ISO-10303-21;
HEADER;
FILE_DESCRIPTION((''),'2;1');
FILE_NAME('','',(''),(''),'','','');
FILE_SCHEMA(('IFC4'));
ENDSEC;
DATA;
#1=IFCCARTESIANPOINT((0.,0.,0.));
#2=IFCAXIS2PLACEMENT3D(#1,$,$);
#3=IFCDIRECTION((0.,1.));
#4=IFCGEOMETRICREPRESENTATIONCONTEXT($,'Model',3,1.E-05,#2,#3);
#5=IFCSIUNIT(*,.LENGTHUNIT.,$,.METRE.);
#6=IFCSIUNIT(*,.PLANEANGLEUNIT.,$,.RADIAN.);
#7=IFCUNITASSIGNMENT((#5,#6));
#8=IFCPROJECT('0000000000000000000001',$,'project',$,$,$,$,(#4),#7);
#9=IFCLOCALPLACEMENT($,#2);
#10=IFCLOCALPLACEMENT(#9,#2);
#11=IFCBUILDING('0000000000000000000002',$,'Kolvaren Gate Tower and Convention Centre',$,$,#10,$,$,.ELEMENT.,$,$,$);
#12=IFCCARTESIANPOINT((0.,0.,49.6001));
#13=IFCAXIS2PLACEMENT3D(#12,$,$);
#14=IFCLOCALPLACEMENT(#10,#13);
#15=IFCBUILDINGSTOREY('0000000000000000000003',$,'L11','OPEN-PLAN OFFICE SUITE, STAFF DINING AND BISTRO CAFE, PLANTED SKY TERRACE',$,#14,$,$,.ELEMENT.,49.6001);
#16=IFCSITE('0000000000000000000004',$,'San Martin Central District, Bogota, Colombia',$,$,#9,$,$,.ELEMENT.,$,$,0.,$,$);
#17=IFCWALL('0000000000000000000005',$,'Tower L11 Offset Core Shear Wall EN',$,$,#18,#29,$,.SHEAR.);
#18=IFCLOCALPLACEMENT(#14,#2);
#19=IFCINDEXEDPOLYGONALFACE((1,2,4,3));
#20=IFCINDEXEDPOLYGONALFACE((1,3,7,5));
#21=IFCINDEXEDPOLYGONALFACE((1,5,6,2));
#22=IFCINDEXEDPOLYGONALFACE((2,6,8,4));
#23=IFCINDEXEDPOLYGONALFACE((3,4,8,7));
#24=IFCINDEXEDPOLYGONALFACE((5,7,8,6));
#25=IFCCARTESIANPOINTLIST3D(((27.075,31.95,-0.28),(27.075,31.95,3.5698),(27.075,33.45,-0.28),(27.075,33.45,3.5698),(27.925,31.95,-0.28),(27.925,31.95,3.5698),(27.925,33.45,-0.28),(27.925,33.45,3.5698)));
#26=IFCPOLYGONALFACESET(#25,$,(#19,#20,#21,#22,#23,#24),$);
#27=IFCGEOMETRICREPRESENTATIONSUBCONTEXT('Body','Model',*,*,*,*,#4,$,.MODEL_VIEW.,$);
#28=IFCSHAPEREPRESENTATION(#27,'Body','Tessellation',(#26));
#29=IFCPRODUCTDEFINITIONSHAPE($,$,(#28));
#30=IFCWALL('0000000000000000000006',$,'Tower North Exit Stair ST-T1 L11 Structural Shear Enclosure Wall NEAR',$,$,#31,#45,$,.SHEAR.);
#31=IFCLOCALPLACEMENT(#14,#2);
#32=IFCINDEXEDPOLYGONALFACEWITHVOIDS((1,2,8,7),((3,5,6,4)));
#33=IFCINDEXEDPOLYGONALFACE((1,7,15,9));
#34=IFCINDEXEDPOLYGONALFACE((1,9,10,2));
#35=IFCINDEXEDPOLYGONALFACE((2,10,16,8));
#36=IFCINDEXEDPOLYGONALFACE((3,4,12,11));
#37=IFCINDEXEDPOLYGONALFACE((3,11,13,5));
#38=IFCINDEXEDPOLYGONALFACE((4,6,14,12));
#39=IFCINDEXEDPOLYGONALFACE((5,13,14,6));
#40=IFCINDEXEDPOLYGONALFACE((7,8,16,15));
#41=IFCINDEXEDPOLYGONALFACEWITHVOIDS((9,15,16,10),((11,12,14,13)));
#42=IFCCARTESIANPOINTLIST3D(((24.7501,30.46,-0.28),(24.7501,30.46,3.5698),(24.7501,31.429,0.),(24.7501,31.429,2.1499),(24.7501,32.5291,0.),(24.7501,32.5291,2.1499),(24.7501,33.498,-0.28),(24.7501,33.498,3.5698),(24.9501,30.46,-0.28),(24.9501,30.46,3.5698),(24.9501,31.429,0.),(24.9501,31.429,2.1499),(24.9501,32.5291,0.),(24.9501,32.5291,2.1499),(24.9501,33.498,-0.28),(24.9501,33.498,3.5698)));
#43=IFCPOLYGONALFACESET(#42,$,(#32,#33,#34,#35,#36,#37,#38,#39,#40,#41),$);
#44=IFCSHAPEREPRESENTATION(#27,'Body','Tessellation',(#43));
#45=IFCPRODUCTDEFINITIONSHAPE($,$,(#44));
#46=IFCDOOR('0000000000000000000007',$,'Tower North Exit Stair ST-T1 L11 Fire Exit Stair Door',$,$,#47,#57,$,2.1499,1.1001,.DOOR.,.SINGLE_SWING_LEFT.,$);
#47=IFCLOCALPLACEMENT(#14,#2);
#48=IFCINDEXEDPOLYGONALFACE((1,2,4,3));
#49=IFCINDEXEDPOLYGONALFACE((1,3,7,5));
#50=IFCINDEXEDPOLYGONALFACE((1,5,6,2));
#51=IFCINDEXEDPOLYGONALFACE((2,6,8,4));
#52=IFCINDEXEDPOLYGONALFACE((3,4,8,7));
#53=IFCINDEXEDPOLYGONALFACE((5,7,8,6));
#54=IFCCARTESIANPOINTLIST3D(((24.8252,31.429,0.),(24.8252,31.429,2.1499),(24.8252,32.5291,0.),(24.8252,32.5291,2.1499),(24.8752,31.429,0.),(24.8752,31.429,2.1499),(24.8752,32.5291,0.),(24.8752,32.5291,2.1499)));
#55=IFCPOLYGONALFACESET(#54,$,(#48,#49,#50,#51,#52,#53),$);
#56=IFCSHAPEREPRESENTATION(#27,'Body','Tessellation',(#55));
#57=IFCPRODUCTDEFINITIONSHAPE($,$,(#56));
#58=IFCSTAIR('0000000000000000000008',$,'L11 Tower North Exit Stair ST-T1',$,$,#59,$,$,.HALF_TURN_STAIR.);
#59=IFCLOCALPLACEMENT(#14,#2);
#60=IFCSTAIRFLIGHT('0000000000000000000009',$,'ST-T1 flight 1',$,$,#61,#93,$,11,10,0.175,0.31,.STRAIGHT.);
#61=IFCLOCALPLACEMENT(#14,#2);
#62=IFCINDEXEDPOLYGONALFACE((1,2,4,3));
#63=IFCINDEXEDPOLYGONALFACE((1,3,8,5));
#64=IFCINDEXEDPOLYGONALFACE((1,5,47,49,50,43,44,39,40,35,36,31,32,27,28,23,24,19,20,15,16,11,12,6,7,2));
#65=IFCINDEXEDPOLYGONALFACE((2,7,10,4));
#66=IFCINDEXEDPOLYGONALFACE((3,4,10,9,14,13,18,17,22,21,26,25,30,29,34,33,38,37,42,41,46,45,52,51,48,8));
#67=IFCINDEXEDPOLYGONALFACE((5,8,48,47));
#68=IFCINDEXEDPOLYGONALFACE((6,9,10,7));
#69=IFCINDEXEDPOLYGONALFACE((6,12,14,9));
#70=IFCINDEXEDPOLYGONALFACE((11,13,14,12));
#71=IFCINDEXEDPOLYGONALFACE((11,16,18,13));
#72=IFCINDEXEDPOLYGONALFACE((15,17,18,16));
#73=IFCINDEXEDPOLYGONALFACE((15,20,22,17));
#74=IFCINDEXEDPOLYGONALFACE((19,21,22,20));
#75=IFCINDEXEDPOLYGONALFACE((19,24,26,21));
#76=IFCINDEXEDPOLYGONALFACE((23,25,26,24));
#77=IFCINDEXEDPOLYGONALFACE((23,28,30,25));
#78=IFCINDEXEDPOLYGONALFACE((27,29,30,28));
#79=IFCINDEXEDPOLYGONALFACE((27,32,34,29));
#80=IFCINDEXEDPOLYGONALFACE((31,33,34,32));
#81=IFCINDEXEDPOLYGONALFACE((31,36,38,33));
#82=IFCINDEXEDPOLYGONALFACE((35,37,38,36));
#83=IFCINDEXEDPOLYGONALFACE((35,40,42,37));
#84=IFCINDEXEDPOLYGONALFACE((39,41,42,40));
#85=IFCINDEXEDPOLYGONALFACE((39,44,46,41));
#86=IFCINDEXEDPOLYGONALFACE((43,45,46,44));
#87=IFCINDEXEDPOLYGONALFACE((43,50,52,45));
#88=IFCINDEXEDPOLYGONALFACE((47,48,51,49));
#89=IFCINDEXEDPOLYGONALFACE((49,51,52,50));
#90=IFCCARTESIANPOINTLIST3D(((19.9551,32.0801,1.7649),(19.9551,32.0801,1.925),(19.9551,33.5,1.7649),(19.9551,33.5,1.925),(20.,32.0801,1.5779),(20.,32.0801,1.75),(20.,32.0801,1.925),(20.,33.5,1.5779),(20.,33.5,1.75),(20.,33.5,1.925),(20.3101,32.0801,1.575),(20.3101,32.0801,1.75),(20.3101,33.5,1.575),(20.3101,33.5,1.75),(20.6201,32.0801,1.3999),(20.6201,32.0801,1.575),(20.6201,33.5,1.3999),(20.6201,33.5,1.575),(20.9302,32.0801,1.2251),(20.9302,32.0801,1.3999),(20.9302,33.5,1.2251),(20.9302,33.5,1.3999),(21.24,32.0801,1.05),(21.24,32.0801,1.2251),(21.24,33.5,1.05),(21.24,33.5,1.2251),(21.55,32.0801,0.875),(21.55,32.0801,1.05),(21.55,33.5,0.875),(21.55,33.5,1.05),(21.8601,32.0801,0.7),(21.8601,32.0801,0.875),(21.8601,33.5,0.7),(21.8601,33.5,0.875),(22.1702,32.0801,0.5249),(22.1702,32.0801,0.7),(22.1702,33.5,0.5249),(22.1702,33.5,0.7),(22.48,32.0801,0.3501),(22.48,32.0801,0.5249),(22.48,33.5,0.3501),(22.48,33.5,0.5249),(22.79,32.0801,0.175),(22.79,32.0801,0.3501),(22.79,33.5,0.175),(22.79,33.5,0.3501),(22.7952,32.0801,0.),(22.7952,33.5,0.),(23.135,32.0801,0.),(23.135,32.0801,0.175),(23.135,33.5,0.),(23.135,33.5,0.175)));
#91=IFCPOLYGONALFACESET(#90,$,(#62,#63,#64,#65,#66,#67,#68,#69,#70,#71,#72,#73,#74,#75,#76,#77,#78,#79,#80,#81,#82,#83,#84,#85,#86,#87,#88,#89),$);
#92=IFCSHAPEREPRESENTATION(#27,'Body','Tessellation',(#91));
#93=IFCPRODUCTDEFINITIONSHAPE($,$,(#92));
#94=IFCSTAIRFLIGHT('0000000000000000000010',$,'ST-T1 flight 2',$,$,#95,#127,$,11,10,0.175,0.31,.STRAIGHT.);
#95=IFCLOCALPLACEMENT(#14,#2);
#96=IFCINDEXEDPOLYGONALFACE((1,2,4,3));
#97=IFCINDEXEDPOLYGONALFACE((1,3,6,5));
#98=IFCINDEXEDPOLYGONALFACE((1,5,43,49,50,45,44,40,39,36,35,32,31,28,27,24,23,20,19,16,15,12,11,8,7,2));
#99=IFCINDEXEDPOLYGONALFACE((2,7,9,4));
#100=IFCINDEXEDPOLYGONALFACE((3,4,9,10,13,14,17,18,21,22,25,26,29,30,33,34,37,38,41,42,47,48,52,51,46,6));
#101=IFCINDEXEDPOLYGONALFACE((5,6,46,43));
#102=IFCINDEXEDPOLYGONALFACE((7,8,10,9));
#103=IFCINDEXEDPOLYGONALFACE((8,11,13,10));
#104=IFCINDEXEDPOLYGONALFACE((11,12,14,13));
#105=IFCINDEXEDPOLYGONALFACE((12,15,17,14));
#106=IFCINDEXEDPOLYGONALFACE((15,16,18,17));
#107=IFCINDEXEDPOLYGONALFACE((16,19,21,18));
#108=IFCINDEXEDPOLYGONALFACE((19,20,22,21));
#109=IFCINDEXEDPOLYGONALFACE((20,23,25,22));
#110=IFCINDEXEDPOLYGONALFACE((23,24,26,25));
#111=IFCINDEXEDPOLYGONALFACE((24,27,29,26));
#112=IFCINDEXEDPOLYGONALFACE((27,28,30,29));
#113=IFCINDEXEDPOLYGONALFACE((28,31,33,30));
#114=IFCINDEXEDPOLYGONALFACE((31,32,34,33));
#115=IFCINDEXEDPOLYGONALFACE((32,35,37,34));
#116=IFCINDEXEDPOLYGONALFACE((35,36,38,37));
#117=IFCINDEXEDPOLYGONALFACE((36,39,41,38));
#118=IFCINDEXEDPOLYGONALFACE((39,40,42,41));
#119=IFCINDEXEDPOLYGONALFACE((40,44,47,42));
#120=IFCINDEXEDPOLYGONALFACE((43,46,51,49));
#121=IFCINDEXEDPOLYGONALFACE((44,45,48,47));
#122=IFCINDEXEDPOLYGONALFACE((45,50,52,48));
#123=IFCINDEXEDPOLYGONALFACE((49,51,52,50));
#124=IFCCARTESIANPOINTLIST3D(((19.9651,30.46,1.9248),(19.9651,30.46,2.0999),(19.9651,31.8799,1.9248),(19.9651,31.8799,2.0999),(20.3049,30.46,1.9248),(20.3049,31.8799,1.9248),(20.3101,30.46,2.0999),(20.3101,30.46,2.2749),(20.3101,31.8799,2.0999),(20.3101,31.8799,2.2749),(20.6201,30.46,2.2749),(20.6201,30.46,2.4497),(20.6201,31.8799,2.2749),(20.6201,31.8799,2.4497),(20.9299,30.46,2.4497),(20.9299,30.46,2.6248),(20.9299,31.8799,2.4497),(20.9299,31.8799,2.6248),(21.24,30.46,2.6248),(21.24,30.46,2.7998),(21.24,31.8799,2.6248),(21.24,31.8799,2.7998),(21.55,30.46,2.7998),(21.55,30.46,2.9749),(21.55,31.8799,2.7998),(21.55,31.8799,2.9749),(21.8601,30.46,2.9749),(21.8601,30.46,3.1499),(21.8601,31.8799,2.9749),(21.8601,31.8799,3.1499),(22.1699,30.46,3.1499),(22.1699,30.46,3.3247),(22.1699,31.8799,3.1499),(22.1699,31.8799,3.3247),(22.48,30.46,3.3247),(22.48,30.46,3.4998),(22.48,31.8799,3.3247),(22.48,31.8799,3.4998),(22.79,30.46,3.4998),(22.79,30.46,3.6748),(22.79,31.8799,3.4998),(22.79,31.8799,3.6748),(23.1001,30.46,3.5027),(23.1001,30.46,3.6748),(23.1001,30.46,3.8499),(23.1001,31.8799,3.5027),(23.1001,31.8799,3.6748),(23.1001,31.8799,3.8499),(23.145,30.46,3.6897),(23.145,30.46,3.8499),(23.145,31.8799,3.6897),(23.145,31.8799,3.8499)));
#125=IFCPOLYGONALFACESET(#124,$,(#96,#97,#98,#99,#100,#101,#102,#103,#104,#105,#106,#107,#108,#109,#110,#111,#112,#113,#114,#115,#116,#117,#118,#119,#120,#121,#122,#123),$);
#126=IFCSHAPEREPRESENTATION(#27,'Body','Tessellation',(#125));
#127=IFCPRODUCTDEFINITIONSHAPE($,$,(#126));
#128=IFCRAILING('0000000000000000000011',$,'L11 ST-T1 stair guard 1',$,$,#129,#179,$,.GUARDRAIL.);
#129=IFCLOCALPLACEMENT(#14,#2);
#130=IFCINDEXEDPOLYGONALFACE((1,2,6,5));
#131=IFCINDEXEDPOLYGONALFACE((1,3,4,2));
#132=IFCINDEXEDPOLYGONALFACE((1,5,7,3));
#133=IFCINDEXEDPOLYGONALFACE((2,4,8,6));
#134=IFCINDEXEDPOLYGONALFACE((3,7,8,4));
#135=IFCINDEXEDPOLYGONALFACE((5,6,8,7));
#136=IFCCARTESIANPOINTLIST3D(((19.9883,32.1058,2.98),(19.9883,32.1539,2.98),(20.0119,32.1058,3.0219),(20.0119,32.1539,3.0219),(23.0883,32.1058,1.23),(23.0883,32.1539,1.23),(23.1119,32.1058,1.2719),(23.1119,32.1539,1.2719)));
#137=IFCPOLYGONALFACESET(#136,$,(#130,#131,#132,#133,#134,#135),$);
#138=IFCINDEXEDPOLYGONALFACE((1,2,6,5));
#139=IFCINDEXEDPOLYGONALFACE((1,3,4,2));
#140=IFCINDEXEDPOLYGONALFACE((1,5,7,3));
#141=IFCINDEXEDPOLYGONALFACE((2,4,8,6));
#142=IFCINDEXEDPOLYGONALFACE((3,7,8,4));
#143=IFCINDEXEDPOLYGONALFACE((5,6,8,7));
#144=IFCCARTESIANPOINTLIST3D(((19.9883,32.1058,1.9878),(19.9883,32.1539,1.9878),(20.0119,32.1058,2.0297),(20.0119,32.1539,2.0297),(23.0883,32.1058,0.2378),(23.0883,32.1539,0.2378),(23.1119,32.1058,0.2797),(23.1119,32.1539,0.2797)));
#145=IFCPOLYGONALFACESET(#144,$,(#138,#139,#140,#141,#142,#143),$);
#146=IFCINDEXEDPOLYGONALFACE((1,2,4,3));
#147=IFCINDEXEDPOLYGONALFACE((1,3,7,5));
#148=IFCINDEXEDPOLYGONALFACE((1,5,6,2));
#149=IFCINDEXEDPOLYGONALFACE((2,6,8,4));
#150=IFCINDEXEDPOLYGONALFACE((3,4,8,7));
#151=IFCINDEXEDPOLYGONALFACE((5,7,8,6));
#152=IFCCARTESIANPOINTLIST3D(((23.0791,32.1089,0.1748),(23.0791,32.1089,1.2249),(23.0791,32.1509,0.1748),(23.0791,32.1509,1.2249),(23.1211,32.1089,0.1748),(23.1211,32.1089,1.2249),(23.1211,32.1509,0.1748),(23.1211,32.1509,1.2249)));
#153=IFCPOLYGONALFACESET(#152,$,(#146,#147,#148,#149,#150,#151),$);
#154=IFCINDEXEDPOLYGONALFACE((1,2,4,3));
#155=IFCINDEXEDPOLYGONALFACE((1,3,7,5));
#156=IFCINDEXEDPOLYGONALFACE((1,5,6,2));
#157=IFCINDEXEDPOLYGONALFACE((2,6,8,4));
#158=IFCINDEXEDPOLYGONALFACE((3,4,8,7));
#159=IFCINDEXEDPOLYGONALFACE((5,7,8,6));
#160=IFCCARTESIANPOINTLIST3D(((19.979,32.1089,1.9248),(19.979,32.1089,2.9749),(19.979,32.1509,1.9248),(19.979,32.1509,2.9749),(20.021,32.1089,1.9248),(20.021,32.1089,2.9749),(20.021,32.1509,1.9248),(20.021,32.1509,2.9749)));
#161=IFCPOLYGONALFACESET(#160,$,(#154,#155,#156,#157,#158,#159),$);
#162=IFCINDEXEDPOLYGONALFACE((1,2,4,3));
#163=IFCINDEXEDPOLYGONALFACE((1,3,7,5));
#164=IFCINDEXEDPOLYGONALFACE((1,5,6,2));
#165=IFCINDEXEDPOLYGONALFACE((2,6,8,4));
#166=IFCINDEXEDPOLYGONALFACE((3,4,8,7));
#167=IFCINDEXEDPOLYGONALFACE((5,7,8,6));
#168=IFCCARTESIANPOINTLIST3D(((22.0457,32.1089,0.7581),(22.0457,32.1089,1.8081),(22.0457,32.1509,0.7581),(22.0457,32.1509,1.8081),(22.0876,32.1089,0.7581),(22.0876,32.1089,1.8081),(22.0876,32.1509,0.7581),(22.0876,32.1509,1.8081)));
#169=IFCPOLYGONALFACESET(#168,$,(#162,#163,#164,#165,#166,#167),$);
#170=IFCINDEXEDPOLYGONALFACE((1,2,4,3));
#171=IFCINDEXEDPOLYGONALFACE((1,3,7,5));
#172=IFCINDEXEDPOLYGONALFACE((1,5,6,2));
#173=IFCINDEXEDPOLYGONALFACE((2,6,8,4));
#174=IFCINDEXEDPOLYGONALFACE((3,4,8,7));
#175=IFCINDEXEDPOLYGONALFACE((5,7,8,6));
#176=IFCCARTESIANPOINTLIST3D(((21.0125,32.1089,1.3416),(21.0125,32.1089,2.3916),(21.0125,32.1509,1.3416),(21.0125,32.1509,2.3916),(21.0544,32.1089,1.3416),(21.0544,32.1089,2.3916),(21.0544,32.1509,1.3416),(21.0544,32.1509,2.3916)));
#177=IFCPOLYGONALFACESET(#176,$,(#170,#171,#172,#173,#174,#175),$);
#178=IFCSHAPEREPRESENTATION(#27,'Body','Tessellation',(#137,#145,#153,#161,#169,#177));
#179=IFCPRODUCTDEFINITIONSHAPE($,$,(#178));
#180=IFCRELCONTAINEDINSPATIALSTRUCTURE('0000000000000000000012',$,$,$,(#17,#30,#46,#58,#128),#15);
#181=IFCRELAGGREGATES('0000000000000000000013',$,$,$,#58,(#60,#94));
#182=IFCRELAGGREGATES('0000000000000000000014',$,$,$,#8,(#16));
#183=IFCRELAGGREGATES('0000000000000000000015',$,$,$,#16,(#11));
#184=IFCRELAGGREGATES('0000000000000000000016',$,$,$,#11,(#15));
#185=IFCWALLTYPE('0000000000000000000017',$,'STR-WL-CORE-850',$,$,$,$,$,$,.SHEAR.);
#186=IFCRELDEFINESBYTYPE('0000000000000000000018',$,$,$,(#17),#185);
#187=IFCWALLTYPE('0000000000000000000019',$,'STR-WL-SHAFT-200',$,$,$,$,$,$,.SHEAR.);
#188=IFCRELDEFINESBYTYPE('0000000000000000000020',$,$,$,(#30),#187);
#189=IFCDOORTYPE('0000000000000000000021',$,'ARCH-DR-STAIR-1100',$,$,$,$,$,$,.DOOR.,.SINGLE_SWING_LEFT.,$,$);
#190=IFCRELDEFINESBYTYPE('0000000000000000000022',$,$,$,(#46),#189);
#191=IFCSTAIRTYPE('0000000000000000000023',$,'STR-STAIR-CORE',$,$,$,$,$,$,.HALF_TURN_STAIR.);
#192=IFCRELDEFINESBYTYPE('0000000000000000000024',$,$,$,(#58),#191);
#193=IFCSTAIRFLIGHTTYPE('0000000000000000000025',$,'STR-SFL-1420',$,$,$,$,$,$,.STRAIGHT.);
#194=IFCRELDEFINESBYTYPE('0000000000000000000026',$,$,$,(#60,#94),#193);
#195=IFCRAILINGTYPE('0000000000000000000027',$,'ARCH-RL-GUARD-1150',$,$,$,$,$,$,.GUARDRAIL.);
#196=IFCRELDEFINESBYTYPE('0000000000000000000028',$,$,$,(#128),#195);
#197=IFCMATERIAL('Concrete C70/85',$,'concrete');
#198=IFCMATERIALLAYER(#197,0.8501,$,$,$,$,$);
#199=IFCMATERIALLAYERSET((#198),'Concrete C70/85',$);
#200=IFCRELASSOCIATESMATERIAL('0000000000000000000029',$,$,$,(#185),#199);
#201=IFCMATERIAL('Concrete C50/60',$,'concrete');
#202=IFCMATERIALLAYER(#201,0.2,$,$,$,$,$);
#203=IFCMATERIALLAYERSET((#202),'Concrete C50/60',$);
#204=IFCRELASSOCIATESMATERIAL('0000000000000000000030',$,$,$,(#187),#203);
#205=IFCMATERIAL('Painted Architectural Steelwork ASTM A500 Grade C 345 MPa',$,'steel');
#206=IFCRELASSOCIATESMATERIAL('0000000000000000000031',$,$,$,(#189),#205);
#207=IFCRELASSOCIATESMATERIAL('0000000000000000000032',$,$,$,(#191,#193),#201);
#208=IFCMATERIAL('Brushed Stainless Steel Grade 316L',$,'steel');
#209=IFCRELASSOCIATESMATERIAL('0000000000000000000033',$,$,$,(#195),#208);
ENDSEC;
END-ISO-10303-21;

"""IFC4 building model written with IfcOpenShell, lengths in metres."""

from ifc_helpers import new_model, si_unit, direction, frame, frame_2d, origin, origin_2d, place, context, subcontext, project, spatial, polyline, rectangle, outline, extrude, material, layer, layer_set, type_object, element, fill, aggregate, save


model = new_model("IFC4")

# Units and contexts
model_context = context("Model", 3, precision=1e-05, world=origin(), true_north=direction((0.0, 1.0)))
body_context = subcontext(model_context, "Body", "Model", "MODEL_VIEW")
ifc_project = project(units=[si_unit("LENGTHUNIT", "METRE"), si_unit("PLANEANGLEUNIT", "RADIAN")], contexts=[model_context])

# Site, building, storey
site_placement = place(None, origin())
site = spatial("IfcSite", under=ifc_project, at=site_placement, Name="San Martin Central District, Bogota, Colombia", CompositionType="ELEMENT", RefElevation=0.0)
building_placement = place(site_placement, origin())
building = spatial("IfcBuilding", under=site, at=building_placement, Name="Kolvaren Gate Tower and Convention Centre", CompositionType="ELEMENT")
storey_placement = place(building_placement, frame((0.0, 0.0, 49.6001)))
storey = spatial("IfcBuildingStorey", under=building, at=storey_placement, Name="L11", Description="OPEN-PLAN OFFICE SUITE, STAFF DINING AND BISTRO CAFE, PLANTED SKY TERRACE", CompositionType="ELEMENT", Elevation=49.6001)

# Shared definitions
ifc_material_1 = material(Name="Brushed Stainless Steel Grade 316L", Category="steel")

# Wall
ifc_material_2 = material(Name="Concrete C70/85", Category="concrete")
ifc_layer_1 = layer(ifc_material_2, 0.8501)
ifc_layer_set_1 = layer_set([ifc_layer_1], Name="Concrete C70/85")
wall_type_1 = type_object("IfcWallType", Name="STR-WL-CORE-850", PredefinedType="SHEAR", material=ifc_layer_set_1)
wall_1_placement = place(storey_placement, frame((27.5, 31.95, -0.28), z_axis=(0.0, 0.0, 1.0), x_axis=(0.0, 1.0, 0.0)))
element("IfcWall", 1, at=wall_1_placement, inside=storey, type_object=wall_type_1, Name="Tower L11 Offset Core Shear Wall EN", PredefinedType="SHEAR", context=body_context, shape_type="SweptSolid", body=[
    extrude(rectangle(XDim=1.5, YDim=0.8501, at=frame_2d((0.75, 0.0))), origin(), (0.0, 0.0, 1.0), 3.8499),
])

# Wall, opening, door
ifc_material_3 = material(Name="Concrete C50/60", Category="concrete")
ifc_layer_2 = layer(ifc_material_3, 0.2)
ifc_layer_set_2 = layer_set([ifc_layer_2], Name="Concrete C50/60")
wall_type_2 = type_object("IfcWallType", Name="STR-WL-SHAFT-200", PredefinedType="SHEAR", material=ifc_layer_set_2)
wall_2_placement = place(storey_placement, frame((24.8501, 30.46, -0.28), z_axis=(0.0, 0.0, 1.0), x_axis=(0.0, 1.0, 0.0)))
wall_2 = element("IfcWall", 2, at=wall_2_placement, inside=storey, type_object=wall_type_2, Name="Tower North Exit Stair ST-T1 L11 Structural Shear Enclosure Wall NEAR", PredefinedType="SHEAR", context=body_context, shape_type="SweptSolid", body=[
    extrude(rectangle(XDim=3.0381, YDim=0.2, at=frame_2d((1.519, 0.0))), origin(), (0.0, 0.0, 1.0), 3.8499),
])
opening_1_placement = place(wall_2_placement, frame((0.969, 0.0, 0.28)))
opening_1 = element("IfcOpeningElement", 3, at=opening_1_placement, cuts=wall_2, PredefinedType="OPENING", context=body_context, shape_type="SweptSolid", body=[
    extrude(rectangle(XDim=1.1001, YDim=2.1499, at=frame_2d((0.55, 1.075))), frame((0.0, 0.1099, 0.0), z_axis=(0.0, -1.0, 0.0), x_axis=(1.0, 0.0, 0.0)), (0.0, 0.0, 1.0), 0.22),
])
ifc_material_4 = material(Name="Painted Architectural Steelwork ASTM A500 Grade C 345 MPa", Category="steel")
door_type_1 = type_object("IfcDoorType", Name="ARCH-DR-STAIR-1100", OperationType="SINGLE_SWING_LEFT", PredefinedType="DOOR", material=ifc_material_4)
door_1_placement = place(opening_1_placement, origin())
door_1 = element("IfcDoor", 4, at=door_1_placement, inside=storey, type_object=door_type_1, Name="Tower North Exit Stair ST-T1 L11 Fire Exit Stair Door", OperationType="SINGLE_SWING_LEFT", OverallHeight=2.1499, OverallWidth=1.1001, PredefinedType="DOOR", context=body_context, shape_type="SweptSolid", body=[
    extrude(rectangle(XDim=1.1001, YDim=2.1499, at=frame_2d((0.55, 1.075))), frame((0.0, 0.0249, 0.0), z_axis=(0.0, -1.0, 0.0), x_axis=(1.0, 0.0, 0.0)), (0.0, 0.0, 1.0), 0.05),
])
fill(opening_1, door_1)

# Stair, stair flights
stair_type = type_object("IfcStairType", Name="STR-STAIR-CORE", PredefinedType="HALF_TURN_STAIR", material=ifc_material_3)
stair_placement = place(storey_placement, origin())
stair = element("IfcStair", 5, at=stair_placement, inside=storey, type_object=stair_type, Name="L11 Tower North Exit Stair ST-T1", PredefinedType="HALF_TURN_STAIR")
stair_flight_type = type_object("IfcStairFlightType", Name="STR-SFL-1420", PredefinedType="STRAIGHT", material=ifc_material_3)
stair_flight_1_placement = place(storey_placement, frame((23.1001, 32.79, 0.0), z_axis=(0.0, 0.0, 1.0), x_axis=(-1.0, 0.0, 0.0)))
stair_flight_1 = element("IfcStairFlight", 6, at=stair_flight_1_placement, type_object=stair_flight_type, Name="ST-T1 flight 1", NumberOfRisers=11, NumberOfTreads=10, PredefinedType="STRAIGHT", RiserHeight=0.175, TreadLength=0.31, context=body_context, shape_type="SweptSolid", body=[
    extrude(outline(polyline([(-0.0349, 0.0), (-0.0349, 0.175), (0.3101, 0.175), (0.3101, 0.3501), (0.6201, 0.3501), (0.6201, 0.5249), (0.9299, 0.5249), (0.9299, 0.7), (1.24, 0.7), (1.24, 0.875), (1.55, 0.875), (1.55, 1.05), (1.8601, 1.05), (1.8601, 1.2251), (2.1699, 1.2251), (2.1699, 1.3999), (2.48, 1.3999), (2.48, 1.575), (2.79, 1.575), (2.79, 1.75), (3.1001, 1.75), (3.1001, 1.925), (3.145, 1.925), (3.145, 1.7649), (3.1001, 1.5779), (0.3049, 0.0), (-0.0349, 0.0)])), frame((0.0, 0.71, 0.0), z_axis=(0.0, -1.0, 0.0), x_axis=(1.0, 0.0, 0.0)), (0.0, 0.0, 1.0), 1.4199),
])
stair_flight_2_placement = place(storey_placement, frame((20.0, 31.1699, 1.9248), z_axis=(0.0, 0.0, 1.0), x_axis=(1.0, 0.0, 0.0)))
stair_flight_2 = element("IfcStairFlight", 7, at=stair_flight_2_placement, type_object=stair_flight_type, Name="ST-T1 flight 2", NumberOfRisers=11, NumberOfTreads=10, PredefinedType="STRAIGHT", RiserHeight=0.175, TreadLength=0.31, context=body_context, shape_type="SweptSolid", body=[
    extrude(outline(polyline([(-0.0349, 0.0), (-0.0349, 0.175), (0.3101, 0.175), (0.3101, 0.3501), (0.6201, 0.3501), (0.6201, 0.5249), (0.9299, 0.5249), (0.9299, 0.7), (1.24, 0.7), (1.24, 0.875), (1.55, 0.875), (1.55, 1.05), (1.8601, 1.05), (1.8601, 1.2251), (2.1699, 1.2251), (2.1699, 1.3999), (2.48, 1.3999), (2.48, 1.575), (2.79, 1.575), (2.79, 1.75), (3.1001, 1.75), (3.1001, 1.925), (3.145, 1.925), (3.145, 1.7649), (3.1001, 1.5779), (0.3049, 0.0), (-0.0349, 0.0)])), frame((0.0, 0.71, 0.0), z_axis=(0.0, -1.0, 0.0), x_axis=(1.0, 0.0, 0.0)), (0.0, 0.0, 1.0), 1.4199),
])
aggregate(stair, [stair_flight_1, stair_flight_2])

# Railing
railing_type_1 = type_object("IfcRailingType", Name="ARCH-RL-GUARD-1150", PredefinedType="GUARDRAIL", material=ifc_material_1)
railing_1_placement = place(storey_placement, frame((23.1001, 32.1299, 0.1748)))
element("IfcRailing", 8, at=railing_1_placement, inside=storey, type_object=railing_type_1, Name="L11 ST-T1 stair guard 1", PredefinedType="GUARDRAIL", context=body_context, shape_type="SweptSolid", body=[
    extrude(rectangle(XDim=0.0481, YDim=0.0481, at=origin_2d()), frame((0.0, 0.0, 1.0762), z_axis=(-0.870831, 0.0, 0.491583), x_axis=(0.0, -1.0, 0.0)), (0.0, 0.0, 1.0), 3.5598),
    extrude(rectangle(XDim=0.0481, YDim=0.0481, at=origin_2d()), frame((0.0, 0.0, 0.084), z_axis=(-0.870831, 0.0, 0.491583), x_axis=(0.0, -1.0, 0.0)), (0.0, 0.0, 1.0), 3.5598),
    extrude(rectangle(XDim=0.042, YDim=0.042, at=origin_2d()), origin(), (0.0, 0.0, 1.0), 1.05),
    extrude(rectangle(XDim=0.042, YDim=0.042, at=origin_2d()), frame((-3.1001, 0.0, 1.75)), (0.0, 0.0, 1.0), 1.05),
    extrude(rectangle(XDim=0.042, YDim=0.042, at=origin_2d()), frame((-1.0334, 0.0, 0.5833)), (0.0, 0.0, 1.0), 1.05),
    extrude(rectangle(XDim=0.042, YDim=0.042, at=origin_2d()), frame((-2.0667, 0.0, 1.1667)), (0.0, 0.0, 1.0), 1.05),
])

save(model, "model.ifc")
